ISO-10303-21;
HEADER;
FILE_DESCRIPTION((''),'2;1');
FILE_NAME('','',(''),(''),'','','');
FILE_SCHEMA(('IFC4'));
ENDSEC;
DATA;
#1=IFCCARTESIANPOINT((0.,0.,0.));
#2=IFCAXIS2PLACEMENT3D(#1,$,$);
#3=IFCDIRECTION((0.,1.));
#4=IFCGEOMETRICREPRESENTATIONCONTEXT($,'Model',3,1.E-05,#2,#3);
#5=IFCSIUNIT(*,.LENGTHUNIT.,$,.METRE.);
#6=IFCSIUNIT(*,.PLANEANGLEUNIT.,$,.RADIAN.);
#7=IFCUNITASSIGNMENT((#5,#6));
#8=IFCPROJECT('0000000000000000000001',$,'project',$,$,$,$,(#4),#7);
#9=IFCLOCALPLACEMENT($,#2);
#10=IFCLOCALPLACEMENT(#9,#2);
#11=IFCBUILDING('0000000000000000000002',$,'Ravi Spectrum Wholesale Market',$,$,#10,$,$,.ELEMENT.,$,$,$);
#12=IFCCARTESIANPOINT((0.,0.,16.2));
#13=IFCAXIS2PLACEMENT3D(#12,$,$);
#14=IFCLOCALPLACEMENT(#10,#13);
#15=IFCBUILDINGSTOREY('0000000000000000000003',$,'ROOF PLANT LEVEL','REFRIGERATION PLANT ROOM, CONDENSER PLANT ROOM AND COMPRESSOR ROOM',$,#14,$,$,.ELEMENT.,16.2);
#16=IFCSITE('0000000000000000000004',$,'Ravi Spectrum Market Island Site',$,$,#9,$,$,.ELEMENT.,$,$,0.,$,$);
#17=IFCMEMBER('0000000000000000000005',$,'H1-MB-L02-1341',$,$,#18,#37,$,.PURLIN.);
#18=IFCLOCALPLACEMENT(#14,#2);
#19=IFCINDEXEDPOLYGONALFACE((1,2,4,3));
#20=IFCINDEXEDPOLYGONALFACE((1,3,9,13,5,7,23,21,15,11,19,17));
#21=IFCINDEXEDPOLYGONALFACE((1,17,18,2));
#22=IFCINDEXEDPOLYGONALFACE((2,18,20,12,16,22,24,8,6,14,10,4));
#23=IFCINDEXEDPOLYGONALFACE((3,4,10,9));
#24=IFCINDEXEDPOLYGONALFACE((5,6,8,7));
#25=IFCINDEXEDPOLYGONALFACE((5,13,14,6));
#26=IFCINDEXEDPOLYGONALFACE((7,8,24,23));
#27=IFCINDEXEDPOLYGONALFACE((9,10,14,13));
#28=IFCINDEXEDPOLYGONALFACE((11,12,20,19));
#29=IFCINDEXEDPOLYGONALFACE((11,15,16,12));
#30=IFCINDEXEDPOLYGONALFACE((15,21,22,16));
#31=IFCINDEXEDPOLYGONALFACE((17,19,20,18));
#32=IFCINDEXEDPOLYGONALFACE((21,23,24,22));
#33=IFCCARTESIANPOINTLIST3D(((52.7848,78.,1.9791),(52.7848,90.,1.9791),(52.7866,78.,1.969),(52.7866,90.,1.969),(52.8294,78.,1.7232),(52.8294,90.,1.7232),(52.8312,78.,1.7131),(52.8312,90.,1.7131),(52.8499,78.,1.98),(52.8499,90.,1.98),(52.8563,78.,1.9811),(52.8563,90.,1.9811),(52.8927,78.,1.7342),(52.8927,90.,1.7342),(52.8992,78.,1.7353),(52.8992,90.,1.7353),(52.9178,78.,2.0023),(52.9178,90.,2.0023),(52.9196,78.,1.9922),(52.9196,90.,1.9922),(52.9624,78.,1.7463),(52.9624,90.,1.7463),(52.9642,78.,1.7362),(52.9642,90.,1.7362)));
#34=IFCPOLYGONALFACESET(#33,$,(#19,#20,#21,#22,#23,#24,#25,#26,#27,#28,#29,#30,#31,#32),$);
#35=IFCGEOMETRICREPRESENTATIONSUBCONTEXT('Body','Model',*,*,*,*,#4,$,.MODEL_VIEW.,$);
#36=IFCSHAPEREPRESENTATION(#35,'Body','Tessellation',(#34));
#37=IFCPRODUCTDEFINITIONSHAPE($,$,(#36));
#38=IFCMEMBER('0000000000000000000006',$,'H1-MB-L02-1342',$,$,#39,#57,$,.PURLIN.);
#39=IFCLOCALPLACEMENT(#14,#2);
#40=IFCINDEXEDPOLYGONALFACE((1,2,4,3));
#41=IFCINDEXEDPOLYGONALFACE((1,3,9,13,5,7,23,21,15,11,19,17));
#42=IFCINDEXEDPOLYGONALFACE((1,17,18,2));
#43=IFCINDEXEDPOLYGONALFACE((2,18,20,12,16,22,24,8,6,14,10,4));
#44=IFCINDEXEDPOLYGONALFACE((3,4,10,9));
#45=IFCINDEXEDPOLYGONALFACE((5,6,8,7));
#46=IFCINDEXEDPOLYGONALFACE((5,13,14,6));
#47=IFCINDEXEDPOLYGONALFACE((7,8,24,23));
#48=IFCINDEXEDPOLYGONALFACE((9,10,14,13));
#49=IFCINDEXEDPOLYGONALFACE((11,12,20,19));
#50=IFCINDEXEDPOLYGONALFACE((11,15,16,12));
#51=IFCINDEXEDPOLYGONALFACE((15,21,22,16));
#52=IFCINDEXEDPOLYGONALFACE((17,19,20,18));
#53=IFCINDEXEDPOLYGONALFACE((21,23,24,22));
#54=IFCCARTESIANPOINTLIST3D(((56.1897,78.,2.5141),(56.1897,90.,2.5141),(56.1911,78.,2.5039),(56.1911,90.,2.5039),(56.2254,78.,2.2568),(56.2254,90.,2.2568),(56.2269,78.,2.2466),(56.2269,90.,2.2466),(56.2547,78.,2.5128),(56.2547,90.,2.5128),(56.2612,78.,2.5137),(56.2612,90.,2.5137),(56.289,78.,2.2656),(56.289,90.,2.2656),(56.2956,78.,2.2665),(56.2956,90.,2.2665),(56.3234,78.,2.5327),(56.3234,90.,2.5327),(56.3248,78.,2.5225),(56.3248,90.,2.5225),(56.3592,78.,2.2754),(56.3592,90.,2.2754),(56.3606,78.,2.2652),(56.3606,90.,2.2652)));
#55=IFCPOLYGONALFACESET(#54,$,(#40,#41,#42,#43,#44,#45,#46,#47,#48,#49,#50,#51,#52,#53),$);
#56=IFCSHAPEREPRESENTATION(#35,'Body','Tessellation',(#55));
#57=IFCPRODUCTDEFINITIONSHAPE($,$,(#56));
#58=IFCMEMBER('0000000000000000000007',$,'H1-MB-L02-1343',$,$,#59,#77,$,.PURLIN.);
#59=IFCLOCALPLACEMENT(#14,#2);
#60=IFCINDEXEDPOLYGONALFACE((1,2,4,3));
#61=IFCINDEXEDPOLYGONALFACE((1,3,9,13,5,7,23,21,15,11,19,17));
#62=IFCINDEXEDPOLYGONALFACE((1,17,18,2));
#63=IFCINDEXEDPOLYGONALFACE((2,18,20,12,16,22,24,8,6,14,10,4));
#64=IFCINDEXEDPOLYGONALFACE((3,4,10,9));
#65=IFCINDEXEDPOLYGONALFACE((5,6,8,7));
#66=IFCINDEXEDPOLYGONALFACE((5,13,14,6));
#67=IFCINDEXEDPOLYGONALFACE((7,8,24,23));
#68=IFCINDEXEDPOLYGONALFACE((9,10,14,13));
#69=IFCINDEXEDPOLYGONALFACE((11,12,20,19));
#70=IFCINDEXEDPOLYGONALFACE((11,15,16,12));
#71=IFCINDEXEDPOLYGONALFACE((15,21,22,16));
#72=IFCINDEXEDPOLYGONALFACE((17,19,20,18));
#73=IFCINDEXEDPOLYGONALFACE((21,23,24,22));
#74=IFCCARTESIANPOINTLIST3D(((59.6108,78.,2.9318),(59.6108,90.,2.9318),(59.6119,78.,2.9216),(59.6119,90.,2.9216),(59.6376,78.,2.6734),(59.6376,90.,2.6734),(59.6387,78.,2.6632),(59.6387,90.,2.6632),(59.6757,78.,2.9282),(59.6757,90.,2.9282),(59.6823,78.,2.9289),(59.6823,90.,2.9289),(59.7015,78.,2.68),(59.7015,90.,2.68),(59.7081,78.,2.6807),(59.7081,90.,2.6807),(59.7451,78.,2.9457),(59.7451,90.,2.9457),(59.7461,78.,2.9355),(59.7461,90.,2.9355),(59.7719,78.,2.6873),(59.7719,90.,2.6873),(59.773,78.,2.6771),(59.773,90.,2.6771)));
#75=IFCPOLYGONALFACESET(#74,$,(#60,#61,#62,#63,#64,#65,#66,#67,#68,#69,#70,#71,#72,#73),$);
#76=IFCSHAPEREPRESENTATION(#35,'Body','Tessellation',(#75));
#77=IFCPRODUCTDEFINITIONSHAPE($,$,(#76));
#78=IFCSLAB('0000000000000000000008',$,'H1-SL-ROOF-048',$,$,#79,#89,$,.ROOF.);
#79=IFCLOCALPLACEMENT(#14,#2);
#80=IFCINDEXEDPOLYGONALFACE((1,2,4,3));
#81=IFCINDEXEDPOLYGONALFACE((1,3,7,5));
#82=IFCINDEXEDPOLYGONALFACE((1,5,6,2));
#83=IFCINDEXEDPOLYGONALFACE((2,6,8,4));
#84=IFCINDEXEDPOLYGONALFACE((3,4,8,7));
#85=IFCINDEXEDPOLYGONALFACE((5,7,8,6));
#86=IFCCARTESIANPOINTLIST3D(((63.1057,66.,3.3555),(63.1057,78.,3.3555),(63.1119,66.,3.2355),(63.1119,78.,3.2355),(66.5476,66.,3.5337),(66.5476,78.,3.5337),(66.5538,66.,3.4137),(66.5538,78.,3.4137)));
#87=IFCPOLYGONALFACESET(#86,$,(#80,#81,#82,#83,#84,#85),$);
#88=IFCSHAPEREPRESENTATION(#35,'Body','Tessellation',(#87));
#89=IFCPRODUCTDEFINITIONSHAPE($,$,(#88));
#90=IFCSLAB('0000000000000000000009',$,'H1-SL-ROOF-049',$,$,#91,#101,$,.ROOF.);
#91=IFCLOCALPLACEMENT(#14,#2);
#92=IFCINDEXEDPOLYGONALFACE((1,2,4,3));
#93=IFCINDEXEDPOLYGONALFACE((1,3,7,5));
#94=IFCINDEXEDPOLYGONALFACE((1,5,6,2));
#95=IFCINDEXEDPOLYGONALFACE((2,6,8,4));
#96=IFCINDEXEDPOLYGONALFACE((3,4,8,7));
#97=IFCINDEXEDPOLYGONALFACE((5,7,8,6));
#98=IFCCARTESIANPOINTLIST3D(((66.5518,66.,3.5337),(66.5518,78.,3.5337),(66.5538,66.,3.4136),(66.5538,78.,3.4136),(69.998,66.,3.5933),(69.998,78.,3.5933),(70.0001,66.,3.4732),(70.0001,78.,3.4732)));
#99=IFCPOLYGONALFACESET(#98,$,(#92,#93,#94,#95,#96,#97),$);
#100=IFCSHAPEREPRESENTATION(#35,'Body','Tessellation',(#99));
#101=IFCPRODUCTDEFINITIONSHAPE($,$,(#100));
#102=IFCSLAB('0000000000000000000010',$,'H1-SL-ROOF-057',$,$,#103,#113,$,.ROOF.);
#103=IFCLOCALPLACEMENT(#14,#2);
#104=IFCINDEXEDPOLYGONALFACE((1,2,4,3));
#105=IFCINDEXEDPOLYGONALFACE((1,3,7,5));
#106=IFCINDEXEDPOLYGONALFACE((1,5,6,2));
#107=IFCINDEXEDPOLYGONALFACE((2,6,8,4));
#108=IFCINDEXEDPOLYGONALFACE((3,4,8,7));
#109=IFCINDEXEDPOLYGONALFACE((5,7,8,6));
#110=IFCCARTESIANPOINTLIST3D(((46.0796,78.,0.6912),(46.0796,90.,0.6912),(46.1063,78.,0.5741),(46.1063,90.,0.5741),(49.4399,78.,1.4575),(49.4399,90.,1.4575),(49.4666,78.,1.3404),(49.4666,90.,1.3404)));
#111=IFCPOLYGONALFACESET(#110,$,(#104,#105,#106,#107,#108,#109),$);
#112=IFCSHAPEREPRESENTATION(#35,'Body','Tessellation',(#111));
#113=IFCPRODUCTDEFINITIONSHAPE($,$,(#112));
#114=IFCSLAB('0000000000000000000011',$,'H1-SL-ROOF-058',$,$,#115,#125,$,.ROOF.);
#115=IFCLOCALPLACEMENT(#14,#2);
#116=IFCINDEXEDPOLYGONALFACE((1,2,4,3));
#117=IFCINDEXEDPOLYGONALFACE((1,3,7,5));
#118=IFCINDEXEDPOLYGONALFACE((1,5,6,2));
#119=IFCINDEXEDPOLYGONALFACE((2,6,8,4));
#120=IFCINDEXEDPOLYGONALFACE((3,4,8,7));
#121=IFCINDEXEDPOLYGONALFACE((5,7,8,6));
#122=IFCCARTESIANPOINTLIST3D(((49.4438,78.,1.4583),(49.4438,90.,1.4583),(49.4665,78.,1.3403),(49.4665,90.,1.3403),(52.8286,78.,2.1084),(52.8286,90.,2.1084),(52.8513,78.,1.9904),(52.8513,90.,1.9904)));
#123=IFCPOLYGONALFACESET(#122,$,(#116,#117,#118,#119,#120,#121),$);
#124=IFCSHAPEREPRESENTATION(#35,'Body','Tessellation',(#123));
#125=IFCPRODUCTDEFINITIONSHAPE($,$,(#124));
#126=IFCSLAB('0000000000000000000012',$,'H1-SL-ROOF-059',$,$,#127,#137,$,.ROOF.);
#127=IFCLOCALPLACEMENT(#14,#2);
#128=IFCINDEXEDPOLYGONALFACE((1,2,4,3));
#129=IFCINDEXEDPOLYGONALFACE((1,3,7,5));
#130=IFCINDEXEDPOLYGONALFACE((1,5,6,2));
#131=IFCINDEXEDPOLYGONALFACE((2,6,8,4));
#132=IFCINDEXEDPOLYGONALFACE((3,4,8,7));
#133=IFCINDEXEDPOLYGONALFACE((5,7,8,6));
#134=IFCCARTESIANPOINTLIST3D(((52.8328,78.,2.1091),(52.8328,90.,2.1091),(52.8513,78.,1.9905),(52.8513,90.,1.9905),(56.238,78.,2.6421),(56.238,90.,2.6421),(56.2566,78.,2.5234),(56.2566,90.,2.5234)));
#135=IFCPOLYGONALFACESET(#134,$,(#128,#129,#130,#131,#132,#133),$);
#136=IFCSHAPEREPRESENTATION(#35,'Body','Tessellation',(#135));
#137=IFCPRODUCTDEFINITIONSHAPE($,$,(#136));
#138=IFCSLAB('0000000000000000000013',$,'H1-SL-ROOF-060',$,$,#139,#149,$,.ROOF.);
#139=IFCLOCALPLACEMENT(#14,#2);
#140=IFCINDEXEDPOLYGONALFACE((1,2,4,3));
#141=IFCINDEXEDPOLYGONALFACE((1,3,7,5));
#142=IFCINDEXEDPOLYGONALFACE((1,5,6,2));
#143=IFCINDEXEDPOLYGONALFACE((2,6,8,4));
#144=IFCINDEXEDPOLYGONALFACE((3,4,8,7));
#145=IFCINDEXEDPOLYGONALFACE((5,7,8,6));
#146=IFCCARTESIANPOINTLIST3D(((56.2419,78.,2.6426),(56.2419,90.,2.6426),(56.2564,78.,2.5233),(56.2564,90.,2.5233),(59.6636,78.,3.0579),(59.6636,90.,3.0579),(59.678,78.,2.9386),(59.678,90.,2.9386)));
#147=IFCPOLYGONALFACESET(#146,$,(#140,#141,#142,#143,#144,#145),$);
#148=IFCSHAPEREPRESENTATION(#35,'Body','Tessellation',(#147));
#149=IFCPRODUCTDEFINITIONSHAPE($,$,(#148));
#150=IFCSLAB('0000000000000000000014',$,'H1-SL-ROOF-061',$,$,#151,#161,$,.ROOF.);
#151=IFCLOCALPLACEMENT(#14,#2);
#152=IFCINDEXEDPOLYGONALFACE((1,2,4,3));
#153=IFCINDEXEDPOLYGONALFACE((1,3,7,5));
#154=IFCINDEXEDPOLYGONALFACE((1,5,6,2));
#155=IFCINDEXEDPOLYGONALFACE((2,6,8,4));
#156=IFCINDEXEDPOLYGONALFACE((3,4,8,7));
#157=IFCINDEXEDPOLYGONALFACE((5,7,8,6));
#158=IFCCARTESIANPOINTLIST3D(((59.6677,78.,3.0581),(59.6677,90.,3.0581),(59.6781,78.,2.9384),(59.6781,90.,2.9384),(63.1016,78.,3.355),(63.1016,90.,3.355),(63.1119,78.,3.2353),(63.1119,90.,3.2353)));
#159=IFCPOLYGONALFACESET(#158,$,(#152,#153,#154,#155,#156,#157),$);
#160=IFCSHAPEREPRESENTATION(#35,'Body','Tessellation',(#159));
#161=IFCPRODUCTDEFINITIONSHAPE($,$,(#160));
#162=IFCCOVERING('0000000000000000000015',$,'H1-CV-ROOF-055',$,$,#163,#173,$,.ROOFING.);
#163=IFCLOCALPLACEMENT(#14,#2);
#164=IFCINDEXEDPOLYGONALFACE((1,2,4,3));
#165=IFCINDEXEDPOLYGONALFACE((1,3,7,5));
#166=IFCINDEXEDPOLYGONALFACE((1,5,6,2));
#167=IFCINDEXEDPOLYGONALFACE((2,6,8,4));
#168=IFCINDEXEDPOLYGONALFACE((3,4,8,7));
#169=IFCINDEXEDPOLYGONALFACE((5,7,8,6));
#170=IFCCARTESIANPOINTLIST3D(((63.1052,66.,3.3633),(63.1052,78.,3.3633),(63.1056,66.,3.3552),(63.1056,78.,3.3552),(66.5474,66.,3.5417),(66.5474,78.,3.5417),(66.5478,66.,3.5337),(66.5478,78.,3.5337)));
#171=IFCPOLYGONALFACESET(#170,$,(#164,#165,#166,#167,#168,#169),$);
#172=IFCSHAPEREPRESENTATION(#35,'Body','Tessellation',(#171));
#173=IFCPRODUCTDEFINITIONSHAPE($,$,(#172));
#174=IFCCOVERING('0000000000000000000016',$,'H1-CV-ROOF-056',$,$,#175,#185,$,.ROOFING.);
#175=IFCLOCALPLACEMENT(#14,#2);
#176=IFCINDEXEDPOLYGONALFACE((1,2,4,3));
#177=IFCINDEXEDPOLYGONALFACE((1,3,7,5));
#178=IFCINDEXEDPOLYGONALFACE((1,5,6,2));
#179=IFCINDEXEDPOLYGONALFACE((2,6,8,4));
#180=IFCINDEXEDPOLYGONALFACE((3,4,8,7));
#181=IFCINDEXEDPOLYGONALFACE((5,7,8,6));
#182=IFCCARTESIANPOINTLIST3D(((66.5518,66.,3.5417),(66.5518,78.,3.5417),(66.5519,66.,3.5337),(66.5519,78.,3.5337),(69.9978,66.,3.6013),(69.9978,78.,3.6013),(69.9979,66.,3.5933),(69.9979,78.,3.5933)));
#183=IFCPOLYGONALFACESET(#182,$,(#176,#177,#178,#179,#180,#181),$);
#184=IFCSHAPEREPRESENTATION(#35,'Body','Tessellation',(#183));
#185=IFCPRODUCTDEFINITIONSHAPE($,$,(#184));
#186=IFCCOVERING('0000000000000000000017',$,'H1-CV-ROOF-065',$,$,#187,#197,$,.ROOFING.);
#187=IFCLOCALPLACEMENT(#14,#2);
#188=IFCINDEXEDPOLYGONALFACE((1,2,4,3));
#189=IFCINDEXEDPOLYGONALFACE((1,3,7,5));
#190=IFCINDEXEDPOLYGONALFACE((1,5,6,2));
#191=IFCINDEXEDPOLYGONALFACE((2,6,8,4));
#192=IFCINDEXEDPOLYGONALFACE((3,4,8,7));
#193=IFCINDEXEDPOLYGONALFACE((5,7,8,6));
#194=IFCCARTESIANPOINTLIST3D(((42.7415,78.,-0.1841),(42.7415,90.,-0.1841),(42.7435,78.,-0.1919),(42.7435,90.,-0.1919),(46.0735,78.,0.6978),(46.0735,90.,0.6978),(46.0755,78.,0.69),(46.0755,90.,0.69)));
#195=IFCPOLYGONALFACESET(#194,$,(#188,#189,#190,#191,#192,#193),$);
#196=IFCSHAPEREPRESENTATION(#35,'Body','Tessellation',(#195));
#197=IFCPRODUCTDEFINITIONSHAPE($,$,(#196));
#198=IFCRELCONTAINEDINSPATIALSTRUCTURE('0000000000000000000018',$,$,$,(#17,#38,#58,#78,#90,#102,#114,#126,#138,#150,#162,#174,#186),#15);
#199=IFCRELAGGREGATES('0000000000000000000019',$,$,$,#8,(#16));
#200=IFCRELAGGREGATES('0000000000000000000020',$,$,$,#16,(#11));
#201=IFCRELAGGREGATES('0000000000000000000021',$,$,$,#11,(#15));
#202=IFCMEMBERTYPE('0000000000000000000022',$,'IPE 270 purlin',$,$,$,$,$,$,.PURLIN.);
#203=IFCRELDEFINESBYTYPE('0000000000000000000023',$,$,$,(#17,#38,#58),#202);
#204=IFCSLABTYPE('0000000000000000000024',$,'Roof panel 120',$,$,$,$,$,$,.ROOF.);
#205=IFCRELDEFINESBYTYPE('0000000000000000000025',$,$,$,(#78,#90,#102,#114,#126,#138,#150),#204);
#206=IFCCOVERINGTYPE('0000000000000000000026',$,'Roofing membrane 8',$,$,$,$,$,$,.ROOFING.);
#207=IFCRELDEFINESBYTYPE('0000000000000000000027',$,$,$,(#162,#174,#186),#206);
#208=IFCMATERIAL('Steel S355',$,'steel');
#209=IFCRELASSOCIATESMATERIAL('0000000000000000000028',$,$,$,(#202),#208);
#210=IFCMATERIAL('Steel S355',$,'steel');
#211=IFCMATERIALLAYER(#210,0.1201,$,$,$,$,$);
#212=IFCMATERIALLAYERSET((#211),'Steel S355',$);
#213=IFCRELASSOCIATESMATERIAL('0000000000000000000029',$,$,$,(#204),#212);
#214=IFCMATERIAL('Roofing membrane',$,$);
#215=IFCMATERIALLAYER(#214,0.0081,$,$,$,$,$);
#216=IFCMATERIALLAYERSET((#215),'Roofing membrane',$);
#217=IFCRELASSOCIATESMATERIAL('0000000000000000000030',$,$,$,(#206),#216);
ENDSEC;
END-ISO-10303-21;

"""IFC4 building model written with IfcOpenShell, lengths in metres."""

from ifc_helpers import new_model, si_unit, direction, frame, origin, origin_2d, place, context, subcontext, project, spatial, polyline, i_section, outline, extrude, material, layer, layer_set, material_profile, profile_set, type_object, element, save


model = new_model("IFC4")

# Units and contexts
model_context = context("Model", 3, precision=1e-05, world=origin(), true_north=direction((0.0, 1.0)))
body_context = subcontext(model_context, "Body", "Model", "MODEL_VIEW")
ifc_project = project(units=[si_unit("LENGTHUNIT", "METRE"), si_unit("PLANEANGLEUNIT", "RADIAN")], contexts=[model_context])

# Site, building, storey
site_placement = place(None, origin())
site = spatial("IfcSite", under=ifc_project, at=site_placement, Name="Ravi Spectrum Market Island Site", CompositionType="ELEMENT", RefElevation=0.0)
building_placement = place(site_placement, origin())
building = spatial("IfcBuilding", under=site, at=building_placement, Name="Ravi Spectrum Wholesale Market", CompositionType="ELEMENT")
storey_placement = place(building_placement, frame((0.0, 0.0, 16.2)))
storey = spatial("IfcBuildingStorey", under=building, at=storey_placement, Name="ROOF PLANT LEVEL", Description="REFRIGERATION PLANT ROOM, CONDENSER PLANT ROOM AND COMPRESSOR ROOM", CompositionType="ELEMENT", Elevation=16.2)

# Members
ifc_material_1 = material(Name="Steel S355", Category="steel")
ifc_material_profile_1 = material_profile(ifc_material_1, i_section(OverallWidth=0.135, OverallDepth=0.27, WebThickness=0.0066, FlangeThickness=0.0103, at=origin_2d()))
ifc_profile_set_1 = profile_set([ifc_material_profile_1], Name="Steel S355")
member_type_1 = type_object("IfcMemberType", Name="IPE 270 purlin", PredefinedType="PURLIN", material=ifc_profile_set_1)
for number, where, z_axis, x_axis, name in (
    (1, (52.8745, 78.0, 1.8577), (0.0, 1.0, 0.0), (-0.98516, 0.0, -0.171639), "H1-MB-L02-1341"),
    (2, (56.2751, 78.0, 2.3896), (0.0, 1.0, 0.0), (-0.990494, 0.0, -0.137557), "H1-MB-L02-1342"),
    (3, (59.6919, 78.0, 2.8044), (0.0, 1.0, 0.0), (-0.994649, 0.0, -0.103311), "H1-MB-L02-1343"),
):
    element("IfcMember", number, at=place(storey_placement, frame(where, z_axis=z_axis, x_axis=x_axis)), inside=storey, type_object=member_type_1, Name=name, PredefinedType="PURLIN", context=body_context, shape_type="SweptSolid", body=[
        extrude(i_section(OverallWidth=0.135, OverallDepth=0.27, WebThickness=0.0066, FlangeThickness=0.0103, at=origin_2d()), origin(), (0.0, 0.0, 1.0), 12.0),
    ])

# Slabs
ifc_material_2 = material(Name="Steel S355", Category="steel")
ifc_layer_1 = layer(ifc_material_2, 0.1201)
ifc_layer_set_1 = layer_set([ifc_layer_1], Name="Steel S355")
slab_type = type_object("IfcSlabType", Name="Roof panel 120", PredefinedType="ROOF", material=ifc_layer_set_1)
slab_1_placement = place(storey_placement, frame((63.1057, 66.0, 3.3555), z_axis=(-0.051711, 0.0, 0.998662), x_axis=(0.998662, 0.0, 0.051711)))
element("IfcSlab", 4, at=slab_1_placement, inside=storey, type_object=slab_type, Name="H1-SL-ROOF-048", PredefinedType="ROOF", context=body_context, shape_type="SweptSolid", body=[
    extrude(outline(polyline([(0.0, 0.0), (3.4465, 0.0), (3.4465, 12.0), (0.0, 12.0), (0.0, 0.0)])), origin(), (0.0, 0.0, -1.0), 0.1201),
])
slab_2_placement = place(storey_placement, frame((66.5518, 66.0, 3.5337), z_axis=(-0.017283, 0.0, 0.999851), x_axis=(0.999851, 0.0, 0.017283)))
element("IfcSlab", 5, at=slab_2_placement, inside=storey, type_object=slab_type, Name="H1-SL-ROOF-049", PredefinedType="ROOF", context=body_context, shape_type="SweptSolid", body=[
    extrude(outline(polyline([(0.0, 0.0), (3.4468, 0.0), (3.4468, 12.0), (0.0, 12.0), (0.0, 0.0)])), origin(), (0.0, 0.0, -1.0), 0.1201),
])
slab_3_placement = place(storey_placement, frame((46.0796, 78.0, 0.6912), z_axis=(-0.22235, 0.0, 0.974967), x_axis=(0.974967, 0.0, 0.22235)))
element("IfcSlab", 6, at=slab_3_placement, inside=storey, type_object=slab_type, Name="H1-SL-ROOF-057", PredefinedType="ROOF", context=body_context, shape_type="SweptSolid", body=[
    extrude(outline(polyline([(0.0, 0.0), (3.4466, 0.0), (3.4466, 12.0), (0.0, 12.0), (0.0, 0.0)])), origin(), (0.0, 0.0, -1.0), 0.1201),
])
slab_4_placement = place(storey_placement, frame((49.4438, 78.0, 1.4583), z_axis=(-0.188632, 0.0, 0.982048), x_axis=(0.982048, 0.0, 0.188632)))
element("IfcSlab", 7, at=slab_4_placement, inside=storey, type_object=slab_type, Name="H1-SL-ROOF-058", PredefinedType="ROOF", context=body_context, shape_type="SweptSolid", body=[
    extrude(outline(polyline([(0.0, 0.0), (3.4466, 0.0), (3.4466, 12.0), (0.0, 12.0), (0.0, 0.0)])), origin(), (0.0, 0.0, -1.0), 0.1201),
])
slab_5_placement = place(storey_placement, frame((52.8328, 78.0, 2.1091), z_axis=(-0.154628, 0.0, 0.987973), x_axis=(0.987973, 0.0, 0.154628)))
element("IfcSlab", 8, at=slab_5_placement, inside=storey, type_object=slab_type, Name="H1-SL-ROOF-059", PredefinedType="ROOF", context=body_context, shape_type="SweptSolid", body=[
    extrude(outline(polyline([(0.0, 0.0), (3.4467, 0.0), (3.4467, 12.0), (0.0, 12.0), (0.0, 0.0)])), origin(), (0.0, 0.0, -1.0), 0.1201),
])
slab_6_placement = place(storey_placement, frame((56.2419, 78.0, 2.6426), z_axis=(-0.120486, 0.0, 0.992715), x_axis=(0.992715, 0.0, 0.120486)))
element("IfcSlab", 9, at=slab_6_placement, inside=storey, type_object=slab_type, Name="H1-SL-ROOF-060", PredefinedType="ROOF", context=body_context, shape_type="SweptSolid", body=[
    extrude(outline(polyline([(0.0, 0.0), (3.4467, 0.0), (3.4467, 12.0), (0.0, 12.0), (0.0, 0.0)])), origin(), (0.0, 0.0, -1.0), 0.1201),
])
slab_7_placement = place(storey_placement, frame((59.6677, 78.0, 3.0581), z_axis=(-0.086134, 0.0, 0.996284), x_axis=(0.996284, 0.0, 0.086134)))
element("IfcSlab", 10, at=slab_7_placement, inside=storey, type_object=slab_type, Name="H1-SL-ROOF-061", PredefinedType="ROOF", context=body_context, shape_type="SweptSolid", body=[
    extrude(outline(polyline([(0.0, 0.0), (3.4466, 0.0), (3.4466, 12.0), (0.0, 12.0), (0.0, 0.0)])), origin(), (0.0, 0.0, -1.0), 0.1201),
])

# Coverings
ifc_material_3 = material(Name="Roofing membrane")
ifc_layer_2 = layer(ifc_material_3, 0.0081)
ifc_layer_set_2 = layer_set([ifc_layer_2], Name="Roofing membrane")
covering_type = type_object("IfcCoveringType", Name="Roofing membrane 8", PredefinedType="ROOFING", material=ifc_layer_set_2)
covering_1_placement = place(storey_placement, frame((63.1052, 66.0, 3.3633), z_axis=(-0.051778, 0.0, 0.998659), x_axis=(0.998659, 0.0, 0.051778)))
element("IfcCovering", 11, at=covering_1_placement, inside=storey, type_object=covering_type, Name="H1-CV-ROOF-055", PredefinedType="ROOFING", context=body_context, shape_type="SweptSolid", body=[
    extrude(outline(polyline([(0.0, 0.0), (3.4468, 0.0), (3.4468, 12.0), (0.0, 12.0), (0.0, 0.0)])), origin(), (0.0, 0.0, -1.0), 0.0081),
])
covering_2_placement = place(storey_placement, frame((66.5518, 66.0, 3.5417), z_axis=(-0.017284, 0.0, 0.999851), x_axis=(0.999851, 0.0, 0.017284)))
element("IfcCovering", 12, at=covering_2_placement, inside=storey, type_object=covering_type, Name="H1-CV-ROOF-056", PredefinedType="ROOFING", context=body_context, shape_type="SweptSolid", body=[
    extrude(outline(polyline([(0.0, 0.0), (3.4466, 0.0), (3.4466, 12.0), (0.0, 12.0), (0.0, 0.0)])), origin(), (0.0, 0.0, -1.0), 0.0081),
])
covering_3_placement = place(storey_placement, frame((42.7415, 78.0, -0.1841), z_axis=(-0.255846, 0.0, 0.966718), x_axis=(0.966718, 0.0, 0.255846)))
element("IfcCovering", 13, at=covering_3_placement, inside=storey, type_object=covering_type, Name="H1-CV-ROOF-065", PredefinedType="ROOFING", context=body_context, shape_type="SweptSolid", body=[
    extrude(outline(polyline([(0.0, 0.0), (3.4467, 0.0), (3.4467, 12.0), (0.0, 12.0), (0.0, 0.0)])), origin(), (0.0, 0.0, -1.0), 0.0081),
])

save(model, "model.ifc")
